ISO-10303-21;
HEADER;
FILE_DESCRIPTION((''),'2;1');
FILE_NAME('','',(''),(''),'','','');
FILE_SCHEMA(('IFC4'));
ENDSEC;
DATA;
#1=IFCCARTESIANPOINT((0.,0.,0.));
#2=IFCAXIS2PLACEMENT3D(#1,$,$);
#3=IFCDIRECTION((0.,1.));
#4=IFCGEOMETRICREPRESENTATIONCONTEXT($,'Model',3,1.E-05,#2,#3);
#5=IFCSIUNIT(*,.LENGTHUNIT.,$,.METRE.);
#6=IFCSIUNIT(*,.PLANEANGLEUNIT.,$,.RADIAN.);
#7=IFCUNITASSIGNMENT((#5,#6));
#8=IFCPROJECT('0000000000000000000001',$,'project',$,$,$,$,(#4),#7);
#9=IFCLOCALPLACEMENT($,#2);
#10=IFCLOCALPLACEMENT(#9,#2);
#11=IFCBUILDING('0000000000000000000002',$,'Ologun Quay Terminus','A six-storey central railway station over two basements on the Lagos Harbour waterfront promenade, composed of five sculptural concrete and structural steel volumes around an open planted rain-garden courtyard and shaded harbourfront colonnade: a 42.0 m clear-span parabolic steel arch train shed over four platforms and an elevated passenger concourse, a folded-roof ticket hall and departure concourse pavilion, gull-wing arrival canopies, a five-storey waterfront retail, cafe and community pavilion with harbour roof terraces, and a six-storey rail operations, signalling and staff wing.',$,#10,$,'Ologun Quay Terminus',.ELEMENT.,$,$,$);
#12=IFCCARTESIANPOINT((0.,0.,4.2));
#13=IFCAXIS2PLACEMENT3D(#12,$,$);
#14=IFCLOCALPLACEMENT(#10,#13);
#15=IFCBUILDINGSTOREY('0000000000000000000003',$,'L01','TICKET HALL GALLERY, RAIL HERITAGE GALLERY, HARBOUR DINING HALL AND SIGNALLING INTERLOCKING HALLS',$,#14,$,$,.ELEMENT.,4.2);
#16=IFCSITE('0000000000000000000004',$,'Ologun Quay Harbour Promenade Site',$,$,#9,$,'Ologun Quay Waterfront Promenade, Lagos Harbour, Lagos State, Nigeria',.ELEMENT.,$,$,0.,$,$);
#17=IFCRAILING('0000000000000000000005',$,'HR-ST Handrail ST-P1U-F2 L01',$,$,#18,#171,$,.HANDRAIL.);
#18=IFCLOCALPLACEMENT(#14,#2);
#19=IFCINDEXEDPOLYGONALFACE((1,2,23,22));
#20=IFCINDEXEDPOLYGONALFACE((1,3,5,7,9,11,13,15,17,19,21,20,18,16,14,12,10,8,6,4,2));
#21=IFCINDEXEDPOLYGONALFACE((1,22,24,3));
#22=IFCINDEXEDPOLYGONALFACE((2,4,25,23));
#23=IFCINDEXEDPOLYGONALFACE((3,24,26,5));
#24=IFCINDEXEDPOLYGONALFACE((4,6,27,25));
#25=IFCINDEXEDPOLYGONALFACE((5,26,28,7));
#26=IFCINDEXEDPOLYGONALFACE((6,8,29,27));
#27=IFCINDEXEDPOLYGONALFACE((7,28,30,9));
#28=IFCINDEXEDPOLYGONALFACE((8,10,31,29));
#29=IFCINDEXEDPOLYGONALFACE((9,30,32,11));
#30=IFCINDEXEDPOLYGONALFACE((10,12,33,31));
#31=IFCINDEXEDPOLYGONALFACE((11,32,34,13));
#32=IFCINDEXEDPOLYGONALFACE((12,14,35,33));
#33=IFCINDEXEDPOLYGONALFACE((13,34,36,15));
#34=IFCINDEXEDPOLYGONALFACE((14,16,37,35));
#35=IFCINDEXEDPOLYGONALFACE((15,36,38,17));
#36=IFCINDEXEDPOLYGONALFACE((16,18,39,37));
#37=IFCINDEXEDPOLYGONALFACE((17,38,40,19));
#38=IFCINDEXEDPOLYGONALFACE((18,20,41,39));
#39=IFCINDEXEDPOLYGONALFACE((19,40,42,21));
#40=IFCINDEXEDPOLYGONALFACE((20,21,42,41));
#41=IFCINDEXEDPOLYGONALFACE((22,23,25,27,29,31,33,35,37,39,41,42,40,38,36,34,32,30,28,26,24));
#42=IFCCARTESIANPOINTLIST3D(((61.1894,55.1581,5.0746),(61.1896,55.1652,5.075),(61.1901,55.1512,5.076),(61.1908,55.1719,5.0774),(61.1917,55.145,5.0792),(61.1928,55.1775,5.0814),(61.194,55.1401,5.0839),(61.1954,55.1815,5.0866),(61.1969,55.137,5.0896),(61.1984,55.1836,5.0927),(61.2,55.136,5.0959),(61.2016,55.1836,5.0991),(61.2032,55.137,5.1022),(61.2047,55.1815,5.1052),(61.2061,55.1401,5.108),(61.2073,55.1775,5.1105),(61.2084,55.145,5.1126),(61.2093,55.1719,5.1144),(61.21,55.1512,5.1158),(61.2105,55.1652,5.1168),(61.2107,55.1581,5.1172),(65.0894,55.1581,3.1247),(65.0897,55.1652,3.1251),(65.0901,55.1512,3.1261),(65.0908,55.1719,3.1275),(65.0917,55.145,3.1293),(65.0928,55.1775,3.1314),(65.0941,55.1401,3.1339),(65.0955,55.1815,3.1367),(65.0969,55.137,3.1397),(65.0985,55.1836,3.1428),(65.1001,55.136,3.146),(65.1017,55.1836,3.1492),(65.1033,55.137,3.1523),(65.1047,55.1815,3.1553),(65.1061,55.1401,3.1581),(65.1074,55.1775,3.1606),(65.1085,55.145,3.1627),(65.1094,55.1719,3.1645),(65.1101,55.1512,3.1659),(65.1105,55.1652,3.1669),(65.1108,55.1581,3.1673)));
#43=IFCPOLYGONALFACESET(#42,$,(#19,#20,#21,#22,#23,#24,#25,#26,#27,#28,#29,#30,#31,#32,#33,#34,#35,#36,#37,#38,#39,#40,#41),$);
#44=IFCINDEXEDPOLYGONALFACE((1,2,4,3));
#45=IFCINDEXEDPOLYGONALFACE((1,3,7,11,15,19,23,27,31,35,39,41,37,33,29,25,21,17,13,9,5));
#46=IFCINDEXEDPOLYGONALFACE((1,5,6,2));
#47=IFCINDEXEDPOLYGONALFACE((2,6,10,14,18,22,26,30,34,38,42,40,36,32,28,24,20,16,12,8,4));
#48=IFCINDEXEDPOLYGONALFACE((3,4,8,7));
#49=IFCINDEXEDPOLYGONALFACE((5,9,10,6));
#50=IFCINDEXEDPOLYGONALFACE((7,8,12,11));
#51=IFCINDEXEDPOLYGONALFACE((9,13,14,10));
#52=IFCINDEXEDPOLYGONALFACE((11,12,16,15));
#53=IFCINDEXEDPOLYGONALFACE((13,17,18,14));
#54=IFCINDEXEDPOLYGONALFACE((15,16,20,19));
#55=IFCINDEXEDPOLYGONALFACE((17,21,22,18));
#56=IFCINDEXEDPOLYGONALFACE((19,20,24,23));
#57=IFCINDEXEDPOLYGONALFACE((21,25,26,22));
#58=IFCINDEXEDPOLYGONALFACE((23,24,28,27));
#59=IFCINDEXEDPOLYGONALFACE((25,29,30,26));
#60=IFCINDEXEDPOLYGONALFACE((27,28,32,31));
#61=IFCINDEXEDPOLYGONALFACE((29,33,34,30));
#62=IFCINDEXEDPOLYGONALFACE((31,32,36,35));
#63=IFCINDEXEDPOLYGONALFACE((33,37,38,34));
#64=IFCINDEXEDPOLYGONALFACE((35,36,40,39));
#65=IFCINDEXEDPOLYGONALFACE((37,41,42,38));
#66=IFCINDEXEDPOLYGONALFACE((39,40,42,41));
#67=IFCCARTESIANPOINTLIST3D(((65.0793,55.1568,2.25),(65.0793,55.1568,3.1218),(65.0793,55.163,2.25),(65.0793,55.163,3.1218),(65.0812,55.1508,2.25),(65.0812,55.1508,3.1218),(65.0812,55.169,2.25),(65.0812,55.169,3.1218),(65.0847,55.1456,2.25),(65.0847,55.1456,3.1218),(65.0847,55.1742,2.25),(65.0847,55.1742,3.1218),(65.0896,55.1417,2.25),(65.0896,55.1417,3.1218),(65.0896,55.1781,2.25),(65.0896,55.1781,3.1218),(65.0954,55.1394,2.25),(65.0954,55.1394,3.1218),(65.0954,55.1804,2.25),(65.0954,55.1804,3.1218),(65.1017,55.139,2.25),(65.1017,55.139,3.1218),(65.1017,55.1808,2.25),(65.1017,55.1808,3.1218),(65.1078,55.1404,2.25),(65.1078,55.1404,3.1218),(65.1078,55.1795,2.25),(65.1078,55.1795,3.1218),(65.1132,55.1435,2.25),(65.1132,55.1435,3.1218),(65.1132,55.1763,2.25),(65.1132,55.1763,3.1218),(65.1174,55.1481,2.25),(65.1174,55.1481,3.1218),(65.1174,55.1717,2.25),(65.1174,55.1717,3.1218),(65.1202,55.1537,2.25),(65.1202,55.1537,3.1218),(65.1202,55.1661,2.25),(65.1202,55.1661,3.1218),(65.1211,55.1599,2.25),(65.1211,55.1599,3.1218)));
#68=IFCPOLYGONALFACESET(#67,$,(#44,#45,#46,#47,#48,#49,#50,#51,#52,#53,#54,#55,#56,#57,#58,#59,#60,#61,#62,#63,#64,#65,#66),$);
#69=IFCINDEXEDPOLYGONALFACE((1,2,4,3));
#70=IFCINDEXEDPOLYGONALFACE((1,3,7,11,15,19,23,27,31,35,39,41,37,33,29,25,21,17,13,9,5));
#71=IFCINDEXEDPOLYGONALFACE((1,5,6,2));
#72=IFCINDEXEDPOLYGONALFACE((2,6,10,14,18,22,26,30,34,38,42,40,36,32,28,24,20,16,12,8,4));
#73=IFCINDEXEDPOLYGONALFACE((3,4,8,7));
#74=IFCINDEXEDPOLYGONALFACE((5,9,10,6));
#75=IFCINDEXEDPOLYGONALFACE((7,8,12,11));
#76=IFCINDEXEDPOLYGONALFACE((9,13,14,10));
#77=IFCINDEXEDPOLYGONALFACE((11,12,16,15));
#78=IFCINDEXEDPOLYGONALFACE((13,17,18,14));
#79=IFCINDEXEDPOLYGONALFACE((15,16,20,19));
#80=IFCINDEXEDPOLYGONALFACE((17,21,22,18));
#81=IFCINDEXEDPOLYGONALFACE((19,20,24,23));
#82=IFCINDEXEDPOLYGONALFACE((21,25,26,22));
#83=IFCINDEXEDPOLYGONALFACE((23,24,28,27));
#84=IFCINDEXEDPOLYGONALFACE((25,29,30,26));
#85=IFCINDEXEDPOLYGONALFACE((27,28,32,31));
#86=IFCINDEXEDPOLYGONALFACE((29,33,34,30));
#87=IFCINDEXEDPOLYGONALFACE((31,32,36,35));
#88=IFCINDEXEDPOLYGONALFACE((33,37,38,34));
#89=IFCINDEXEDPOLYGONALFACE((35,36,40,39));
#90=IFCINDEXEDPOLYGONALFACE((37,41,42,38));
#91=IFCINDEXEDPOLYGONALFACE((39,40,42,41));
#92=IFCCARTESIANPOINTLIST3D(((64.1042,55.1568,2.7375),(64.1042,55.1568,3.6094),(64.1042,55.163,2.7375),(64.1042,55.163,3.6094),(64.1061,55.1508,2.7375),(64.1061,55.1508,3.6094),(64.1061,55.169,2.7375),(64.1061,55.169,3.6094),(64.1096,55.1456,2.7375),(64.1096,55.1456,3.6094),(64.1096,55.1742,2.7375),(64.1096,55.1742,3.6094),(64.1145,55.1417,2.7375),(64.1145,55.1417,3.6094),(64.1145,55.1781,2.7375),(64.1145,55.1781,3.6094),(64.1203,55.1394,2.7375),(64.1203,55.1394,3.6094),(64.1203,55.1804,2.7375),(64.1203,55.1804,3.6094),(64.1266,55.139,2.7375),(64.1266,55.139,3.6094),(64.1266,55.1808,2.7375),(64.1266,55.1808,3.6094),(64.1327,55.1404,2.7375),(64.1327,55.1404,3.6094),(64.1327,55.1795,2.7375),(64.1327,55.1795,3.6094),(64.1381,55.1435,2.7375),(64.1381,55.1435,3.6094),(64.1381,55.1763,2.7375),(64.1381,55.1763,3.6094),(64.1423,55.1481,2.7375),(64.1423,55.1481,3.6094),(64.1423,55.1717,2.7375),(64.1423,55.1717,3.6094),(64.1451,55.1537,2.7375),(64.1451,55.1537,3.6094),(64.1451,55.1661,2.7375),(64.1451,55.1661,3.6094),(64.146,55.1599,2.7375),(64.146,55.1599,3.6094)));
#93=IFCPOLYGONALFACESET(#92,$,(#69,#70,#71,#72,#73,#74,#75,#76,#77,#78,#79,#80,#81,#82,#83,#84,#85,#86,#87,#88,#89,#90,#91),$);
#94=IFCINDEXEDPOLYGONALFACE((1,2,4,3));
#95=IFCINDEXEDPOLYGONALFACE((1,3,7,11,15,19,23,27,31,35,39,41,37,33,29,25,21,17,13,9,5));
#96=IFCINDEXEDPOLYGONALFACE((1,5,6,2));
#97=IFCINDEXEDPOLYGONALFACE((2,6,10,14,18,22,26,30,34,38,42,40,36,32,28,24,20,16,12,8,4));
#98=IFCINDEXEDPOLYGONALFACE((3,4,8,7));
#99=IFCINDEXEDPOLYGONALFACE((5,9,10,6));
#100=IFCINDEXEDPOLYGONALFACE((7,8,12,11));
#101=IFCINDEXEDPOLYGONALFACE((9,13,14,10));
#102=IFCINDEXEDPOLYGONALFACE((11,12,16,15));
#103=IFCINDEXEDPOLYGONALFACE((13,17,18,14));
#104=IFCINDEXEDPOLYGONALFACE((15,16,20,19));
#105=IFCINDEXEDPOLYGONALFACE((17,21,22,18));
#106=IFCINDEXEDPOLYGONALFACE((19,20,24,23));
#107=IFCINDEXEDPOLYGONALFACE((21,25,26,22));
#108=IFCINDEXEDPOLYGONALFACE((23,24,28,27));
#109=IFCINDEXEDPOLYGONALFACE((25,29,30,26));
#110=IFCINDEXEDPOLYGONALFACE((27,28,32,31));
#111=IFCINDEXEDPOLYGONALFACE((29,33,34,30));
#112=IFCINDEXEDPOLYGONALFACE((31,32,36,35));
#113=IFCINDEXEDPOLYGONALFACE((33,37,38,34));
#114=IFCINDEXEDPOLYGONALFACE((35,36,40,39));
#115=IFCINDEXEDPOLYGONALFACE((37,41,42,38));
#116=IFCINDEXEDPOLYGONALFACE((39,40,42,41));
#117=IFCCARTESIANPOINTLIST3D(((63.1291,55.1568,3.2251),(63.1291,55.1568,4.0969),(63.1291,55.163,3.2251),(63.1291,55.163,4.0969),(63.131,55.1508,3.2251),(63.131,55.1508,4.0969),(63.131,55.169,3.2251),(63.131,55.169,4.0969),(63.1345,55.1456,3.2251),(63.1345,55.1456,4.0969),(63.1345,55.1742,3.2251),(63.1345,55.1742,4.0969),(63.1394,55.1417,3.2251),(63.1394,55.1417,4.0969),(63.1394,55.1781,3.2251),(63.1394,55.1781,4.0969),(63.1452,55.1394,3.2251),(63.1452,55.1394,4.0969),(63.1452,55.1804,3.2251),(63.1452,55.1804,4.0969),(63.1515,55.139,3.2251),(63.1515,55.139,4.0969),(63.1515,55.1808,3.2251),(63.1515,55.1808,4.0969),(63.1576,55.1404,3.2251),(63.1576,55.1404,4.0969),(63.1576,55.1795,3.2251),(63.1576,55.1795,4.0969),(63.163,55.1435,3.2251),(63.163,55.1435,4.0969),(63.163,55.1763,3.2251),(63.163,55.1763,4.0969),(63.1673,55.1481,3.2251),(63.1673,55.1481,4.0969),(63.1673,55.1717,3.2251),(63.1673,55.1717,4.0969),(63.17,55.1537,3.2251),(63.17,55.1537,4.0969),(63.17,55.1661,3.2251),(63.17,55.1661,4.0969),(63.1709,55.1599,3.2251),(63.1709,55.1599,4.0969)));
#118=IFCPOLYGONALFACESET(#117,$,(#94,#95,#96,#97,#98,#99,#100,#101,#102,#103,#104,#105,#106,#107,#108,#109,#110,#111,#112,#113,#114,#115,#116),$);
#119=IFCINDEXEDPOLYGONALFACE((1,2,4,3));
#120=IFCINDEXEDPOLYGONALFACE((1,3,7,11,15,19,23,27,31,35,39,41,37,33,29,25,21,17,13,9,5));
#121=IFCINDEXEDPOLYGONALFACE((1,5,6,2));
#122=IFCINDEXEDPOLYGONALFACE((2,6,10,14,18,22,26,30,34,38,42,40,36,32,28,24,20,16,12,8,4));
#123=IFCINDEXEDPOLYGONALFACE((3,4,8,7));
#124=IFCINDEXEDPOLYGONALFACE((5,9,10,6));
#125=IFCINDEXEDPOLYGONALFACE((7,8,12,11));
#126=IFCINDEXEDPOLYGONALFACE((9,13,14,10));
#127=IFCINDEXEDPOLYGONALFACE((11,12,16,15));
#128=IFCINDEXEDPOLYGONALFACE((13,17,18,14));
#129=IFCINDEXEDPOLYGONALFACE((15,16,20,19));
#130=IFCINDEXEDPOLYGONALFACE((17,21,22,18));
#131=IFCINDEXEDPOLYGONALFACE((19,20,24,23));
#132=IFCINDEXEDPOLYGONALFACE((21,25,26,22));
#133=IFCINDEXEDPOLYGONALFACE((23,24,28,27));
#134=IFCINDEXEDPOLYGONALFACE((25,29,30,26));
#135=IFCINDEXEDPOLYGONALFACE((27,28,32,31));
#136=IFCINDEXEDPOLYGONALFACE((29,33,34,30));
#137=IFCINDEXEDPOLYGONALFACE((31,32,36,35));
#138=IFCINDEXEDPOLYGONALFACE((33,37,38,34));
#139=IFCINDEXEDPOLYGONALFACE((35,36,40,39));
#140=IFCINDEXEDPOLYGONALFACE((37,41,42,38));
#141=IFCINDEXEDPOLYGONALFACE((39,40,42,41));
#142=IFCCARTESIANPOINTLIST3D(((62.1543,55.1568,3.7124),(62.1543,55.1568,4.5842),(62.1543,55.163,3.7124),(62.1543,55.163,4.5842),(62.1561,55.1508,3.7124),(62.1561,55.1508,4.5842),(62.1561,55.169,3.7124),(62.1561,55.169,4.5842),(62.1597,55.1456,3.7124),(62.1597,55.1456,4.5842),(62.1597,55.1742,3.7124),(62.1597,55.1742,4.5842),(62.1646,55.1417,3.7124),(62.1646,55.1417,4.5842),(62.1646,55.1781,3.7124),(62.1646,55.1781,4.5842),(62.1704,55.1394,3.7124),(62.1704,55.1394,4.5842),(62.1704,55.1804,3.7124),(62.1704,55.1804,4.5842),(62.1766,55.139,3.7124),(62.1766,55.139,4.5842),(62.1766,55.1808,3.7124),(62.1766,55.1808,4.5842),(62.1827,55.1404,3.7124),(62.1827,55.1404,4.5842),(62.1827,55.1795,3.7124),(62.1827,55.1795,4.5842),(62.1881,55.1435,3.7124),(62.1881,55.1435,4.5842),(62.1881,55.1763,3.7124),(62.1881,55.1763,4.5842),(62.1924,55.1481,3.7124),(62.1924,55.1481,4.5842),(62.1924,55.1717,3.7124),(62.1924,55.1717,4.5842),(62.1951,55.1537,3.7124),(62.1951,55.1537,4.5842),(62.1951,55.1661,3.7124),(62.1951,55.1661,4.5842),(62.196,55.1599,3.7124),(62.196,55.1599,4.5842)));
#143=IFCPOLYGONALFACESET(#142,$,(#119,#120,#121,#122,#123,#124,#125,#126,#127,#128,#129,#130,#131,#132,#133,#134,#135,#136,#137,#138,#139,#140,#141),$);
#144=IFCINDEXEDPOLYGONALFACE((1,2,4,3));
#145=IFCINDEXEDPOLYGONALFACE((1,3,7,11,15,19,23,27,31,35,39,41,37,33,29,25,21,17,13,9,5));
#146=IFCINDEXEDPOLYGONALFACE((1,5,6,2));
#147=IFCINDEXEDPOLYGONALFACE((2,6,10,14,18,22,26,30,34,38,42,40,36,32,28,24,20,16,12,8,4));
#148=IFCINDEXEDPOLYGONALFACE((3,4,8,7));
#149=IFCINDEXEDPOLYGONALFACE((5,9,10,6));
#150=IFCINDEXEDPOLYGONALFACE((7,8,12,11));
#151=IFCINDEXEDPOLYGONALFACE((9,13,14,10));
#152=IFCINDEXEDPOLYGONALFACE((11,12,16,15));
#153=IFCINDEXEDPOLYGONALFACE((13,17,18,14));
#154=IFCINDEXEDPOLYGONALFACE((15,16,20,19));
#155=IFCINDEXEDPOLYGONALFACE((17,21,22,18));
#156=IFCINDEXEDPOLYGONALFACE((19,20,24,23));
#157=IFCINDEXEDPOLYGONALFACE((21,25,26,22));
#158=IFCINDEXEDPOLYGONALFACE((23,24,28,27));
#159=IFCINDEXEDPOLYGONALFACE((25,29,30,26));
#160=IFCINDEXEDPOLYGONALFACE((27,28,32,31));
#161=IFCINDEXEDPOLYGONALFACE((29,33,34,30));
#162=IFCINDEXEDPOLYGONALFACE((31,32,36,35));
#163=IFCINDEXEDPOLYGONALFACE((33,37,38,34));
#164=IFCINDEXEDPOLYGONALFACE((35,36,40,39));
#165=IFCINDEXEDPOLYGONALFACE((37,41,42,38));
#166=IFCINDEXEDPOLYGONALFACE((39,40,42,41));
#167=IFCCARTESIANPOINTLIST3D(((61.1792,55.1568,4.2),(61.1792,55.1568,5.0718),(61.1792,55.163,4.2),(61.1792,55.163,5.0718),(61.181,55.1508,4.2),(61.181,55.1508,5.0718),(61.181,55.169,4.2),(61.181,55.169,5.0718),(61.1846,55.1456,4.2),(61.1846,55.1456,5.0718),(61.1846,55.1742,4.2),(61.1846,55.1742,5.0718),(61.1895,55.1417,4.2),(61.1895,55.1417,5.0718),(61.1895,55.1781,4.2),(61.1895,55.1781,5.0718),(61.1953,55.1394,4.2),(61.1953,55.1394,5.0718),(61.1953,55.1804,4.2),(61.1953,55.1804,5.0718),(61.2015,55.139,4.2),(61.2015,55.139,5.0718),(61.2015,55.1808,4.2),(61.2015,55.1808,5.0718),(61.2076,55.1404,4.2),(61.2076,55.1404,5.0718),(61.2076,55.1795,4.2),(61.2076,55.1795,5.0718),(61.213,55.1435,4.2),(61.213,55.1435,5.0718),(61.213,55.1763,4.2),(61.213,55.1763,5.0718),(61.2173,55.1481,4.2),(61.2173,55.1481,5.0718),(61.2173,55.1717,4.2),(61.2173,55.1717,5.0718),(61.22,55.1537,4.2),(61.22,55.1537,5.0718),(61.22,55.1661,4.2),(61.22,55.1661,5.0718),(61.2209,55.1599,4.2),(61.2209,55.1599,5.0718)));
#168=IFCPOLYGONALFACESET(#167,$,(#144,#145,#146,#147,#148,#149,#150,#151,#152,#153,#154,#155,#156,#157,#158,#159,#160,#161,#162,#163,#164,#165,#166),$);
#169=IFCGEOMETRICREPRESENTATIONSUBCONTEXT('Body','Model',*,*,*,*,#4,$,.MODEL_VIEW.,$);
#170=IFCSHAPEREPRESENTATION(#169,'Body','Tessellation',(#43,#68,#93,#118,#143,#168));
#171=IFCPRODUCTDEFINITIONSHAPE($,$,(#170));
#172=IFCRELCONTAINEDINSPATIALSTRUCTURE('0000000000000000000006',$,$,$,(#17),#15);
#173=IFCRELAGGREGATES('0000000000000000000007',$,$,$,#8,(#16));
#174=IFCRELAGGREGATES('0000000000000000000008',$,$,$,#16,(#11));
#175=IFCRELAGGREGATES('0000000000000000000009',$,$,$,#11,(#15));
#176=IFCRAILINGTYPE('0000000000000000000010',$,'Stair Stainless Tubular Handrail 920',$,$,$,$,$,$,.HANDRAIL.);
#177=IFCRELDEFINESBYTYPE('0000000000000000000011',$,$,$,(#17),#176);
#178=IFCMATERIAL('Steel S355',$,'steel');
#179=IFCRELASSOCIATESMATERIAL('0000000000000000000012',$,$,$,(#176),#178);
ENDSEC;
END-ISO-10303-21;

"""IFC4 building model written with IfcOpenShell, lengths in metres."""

from ifc_helpers import new_model, si_unit, direction, frame, origin, origin_2d, place, context, subcontext, project, spatial, circle, extrude, material, type_object, element, save


model = new_model("IFC4")

# Units and contexts
model_context = context("Model", 3, precision=1e-05, world=origin(), true_north=direction((0.0, 1.0)))
body_context = subcontext(model_context, "Body", "Model", "MODEL_VIEW")
ifc_project = project(units=[si_unit("LENGTHUNIT", "METRE"), si_unit("PLANEANGLEUNIT", "RADIAN")], contexts=[model_context])

# Site, building, storey
site_placement = place(None, origin())
site = spatial("IfcSite", under=ifc_project, at=site_placement, Name="Ologun Quay Harbour Promenade Site", LongName="Ologun Quay Waterfront Promenade, Lagos Harbour, Lagos State, Nigeria", CompositionType="ELEMENT", RefElevation=0.0)
building_placement = place(site_placement, origin())
building = spatial("IfcBuilding", under=site, at=building_placement, Name="Ologun Quay Terminus", Description="A six-storey central railway station over two basements on the Lagos Harbour waterfront promenade, composed of five sculptural concrete and structural steel volumes around an open planted rain-garden courtyard and shaded harbourfront colonnade: a 42.0 m clear-span parabolic steel arch train shed over four platforms and an elevated passenger concourse, a folded-roof ticket hall and departure concourse pavilion, gull-wing arrival canopies, a five-storey waterfront retail, cafe and community pavilion with harbour roof terraces, and a six-storey rail operations, signalling and staff wing.", LongName="Ologun Quay Terminus", CompositionType="ELEMENT")
storey_placement = place(building_placement, frame((0.0, 0.0, 4.2)))
storey = spatial("IfcBuildingStorey", under=building, at=storey_placement, Name="L01", Description="TICKET HALL GALLERY, RAIL HERITAGE GALLERY, HARBOUR DINING HALL AND SIGNALLING INTERLOCKING HALLS", CompositionType="ELEMENT", Elevation=4.2)

# Railing
ifc_material_1 = material(Name="Steel S355", Category="steel")
railing_type_1 = type_object("IfcRailingType", Name="Stair Stainless Tubular Handrail 920", PredefinedType="HANDRAIL", material=ifc_material_1)
railing_1_placement = place(storey_placement, frame((65.1001, 55.1599, 2.25)))
element("IfcRailing", 1, at=railing_1_placement, inside=storey, type_object=railing_type_1, Name="HR-ST Handrail ST-P1U-F2 L01", PredefinedType="HANDRAIL", context=body_context, shape_type="SweptSolid", body=[
    extrude(circle(Radius=0.0239, at=origin_2d()), frame((0.0, 0.0, 0.896), z_axis=(-0.894438, 0.0, 0.447191), x_axis=(0.0, -1.0, 0.0)), (0.0, 0.0, 1.0), 4.3604),
    extrude(circle(Radius=0.021, at=origin_2d()), origin(), (0.0, 0.0, 1.0), 0.8718),
    extrude(circle(Radius=0.021, at=origin_2d()), frame((-0.9751, 0.0, 0.4875)), (0.0, 0.0, 1.0), 0.8718),
    extrude(circle(Radius=0.021, at=origin_2d()), frame((-1.9502, 0.0, 0.9751)), (0.0, 0.0, 1.0), 0.8718),
    extrude(circle(Radius=0.021, at=origin_2d()), frame((-2.925, 0.0, 1.4624)), (0.0, 0.0, 1.0), 0.8718),
    extrude(circle(Radius=0.021, at=origin_2d()), frame((-3.9001, 0.0, 1.95)), (0.0, 0.0, 1.0), 0.8718),
])

save(model, "model.ifc")
